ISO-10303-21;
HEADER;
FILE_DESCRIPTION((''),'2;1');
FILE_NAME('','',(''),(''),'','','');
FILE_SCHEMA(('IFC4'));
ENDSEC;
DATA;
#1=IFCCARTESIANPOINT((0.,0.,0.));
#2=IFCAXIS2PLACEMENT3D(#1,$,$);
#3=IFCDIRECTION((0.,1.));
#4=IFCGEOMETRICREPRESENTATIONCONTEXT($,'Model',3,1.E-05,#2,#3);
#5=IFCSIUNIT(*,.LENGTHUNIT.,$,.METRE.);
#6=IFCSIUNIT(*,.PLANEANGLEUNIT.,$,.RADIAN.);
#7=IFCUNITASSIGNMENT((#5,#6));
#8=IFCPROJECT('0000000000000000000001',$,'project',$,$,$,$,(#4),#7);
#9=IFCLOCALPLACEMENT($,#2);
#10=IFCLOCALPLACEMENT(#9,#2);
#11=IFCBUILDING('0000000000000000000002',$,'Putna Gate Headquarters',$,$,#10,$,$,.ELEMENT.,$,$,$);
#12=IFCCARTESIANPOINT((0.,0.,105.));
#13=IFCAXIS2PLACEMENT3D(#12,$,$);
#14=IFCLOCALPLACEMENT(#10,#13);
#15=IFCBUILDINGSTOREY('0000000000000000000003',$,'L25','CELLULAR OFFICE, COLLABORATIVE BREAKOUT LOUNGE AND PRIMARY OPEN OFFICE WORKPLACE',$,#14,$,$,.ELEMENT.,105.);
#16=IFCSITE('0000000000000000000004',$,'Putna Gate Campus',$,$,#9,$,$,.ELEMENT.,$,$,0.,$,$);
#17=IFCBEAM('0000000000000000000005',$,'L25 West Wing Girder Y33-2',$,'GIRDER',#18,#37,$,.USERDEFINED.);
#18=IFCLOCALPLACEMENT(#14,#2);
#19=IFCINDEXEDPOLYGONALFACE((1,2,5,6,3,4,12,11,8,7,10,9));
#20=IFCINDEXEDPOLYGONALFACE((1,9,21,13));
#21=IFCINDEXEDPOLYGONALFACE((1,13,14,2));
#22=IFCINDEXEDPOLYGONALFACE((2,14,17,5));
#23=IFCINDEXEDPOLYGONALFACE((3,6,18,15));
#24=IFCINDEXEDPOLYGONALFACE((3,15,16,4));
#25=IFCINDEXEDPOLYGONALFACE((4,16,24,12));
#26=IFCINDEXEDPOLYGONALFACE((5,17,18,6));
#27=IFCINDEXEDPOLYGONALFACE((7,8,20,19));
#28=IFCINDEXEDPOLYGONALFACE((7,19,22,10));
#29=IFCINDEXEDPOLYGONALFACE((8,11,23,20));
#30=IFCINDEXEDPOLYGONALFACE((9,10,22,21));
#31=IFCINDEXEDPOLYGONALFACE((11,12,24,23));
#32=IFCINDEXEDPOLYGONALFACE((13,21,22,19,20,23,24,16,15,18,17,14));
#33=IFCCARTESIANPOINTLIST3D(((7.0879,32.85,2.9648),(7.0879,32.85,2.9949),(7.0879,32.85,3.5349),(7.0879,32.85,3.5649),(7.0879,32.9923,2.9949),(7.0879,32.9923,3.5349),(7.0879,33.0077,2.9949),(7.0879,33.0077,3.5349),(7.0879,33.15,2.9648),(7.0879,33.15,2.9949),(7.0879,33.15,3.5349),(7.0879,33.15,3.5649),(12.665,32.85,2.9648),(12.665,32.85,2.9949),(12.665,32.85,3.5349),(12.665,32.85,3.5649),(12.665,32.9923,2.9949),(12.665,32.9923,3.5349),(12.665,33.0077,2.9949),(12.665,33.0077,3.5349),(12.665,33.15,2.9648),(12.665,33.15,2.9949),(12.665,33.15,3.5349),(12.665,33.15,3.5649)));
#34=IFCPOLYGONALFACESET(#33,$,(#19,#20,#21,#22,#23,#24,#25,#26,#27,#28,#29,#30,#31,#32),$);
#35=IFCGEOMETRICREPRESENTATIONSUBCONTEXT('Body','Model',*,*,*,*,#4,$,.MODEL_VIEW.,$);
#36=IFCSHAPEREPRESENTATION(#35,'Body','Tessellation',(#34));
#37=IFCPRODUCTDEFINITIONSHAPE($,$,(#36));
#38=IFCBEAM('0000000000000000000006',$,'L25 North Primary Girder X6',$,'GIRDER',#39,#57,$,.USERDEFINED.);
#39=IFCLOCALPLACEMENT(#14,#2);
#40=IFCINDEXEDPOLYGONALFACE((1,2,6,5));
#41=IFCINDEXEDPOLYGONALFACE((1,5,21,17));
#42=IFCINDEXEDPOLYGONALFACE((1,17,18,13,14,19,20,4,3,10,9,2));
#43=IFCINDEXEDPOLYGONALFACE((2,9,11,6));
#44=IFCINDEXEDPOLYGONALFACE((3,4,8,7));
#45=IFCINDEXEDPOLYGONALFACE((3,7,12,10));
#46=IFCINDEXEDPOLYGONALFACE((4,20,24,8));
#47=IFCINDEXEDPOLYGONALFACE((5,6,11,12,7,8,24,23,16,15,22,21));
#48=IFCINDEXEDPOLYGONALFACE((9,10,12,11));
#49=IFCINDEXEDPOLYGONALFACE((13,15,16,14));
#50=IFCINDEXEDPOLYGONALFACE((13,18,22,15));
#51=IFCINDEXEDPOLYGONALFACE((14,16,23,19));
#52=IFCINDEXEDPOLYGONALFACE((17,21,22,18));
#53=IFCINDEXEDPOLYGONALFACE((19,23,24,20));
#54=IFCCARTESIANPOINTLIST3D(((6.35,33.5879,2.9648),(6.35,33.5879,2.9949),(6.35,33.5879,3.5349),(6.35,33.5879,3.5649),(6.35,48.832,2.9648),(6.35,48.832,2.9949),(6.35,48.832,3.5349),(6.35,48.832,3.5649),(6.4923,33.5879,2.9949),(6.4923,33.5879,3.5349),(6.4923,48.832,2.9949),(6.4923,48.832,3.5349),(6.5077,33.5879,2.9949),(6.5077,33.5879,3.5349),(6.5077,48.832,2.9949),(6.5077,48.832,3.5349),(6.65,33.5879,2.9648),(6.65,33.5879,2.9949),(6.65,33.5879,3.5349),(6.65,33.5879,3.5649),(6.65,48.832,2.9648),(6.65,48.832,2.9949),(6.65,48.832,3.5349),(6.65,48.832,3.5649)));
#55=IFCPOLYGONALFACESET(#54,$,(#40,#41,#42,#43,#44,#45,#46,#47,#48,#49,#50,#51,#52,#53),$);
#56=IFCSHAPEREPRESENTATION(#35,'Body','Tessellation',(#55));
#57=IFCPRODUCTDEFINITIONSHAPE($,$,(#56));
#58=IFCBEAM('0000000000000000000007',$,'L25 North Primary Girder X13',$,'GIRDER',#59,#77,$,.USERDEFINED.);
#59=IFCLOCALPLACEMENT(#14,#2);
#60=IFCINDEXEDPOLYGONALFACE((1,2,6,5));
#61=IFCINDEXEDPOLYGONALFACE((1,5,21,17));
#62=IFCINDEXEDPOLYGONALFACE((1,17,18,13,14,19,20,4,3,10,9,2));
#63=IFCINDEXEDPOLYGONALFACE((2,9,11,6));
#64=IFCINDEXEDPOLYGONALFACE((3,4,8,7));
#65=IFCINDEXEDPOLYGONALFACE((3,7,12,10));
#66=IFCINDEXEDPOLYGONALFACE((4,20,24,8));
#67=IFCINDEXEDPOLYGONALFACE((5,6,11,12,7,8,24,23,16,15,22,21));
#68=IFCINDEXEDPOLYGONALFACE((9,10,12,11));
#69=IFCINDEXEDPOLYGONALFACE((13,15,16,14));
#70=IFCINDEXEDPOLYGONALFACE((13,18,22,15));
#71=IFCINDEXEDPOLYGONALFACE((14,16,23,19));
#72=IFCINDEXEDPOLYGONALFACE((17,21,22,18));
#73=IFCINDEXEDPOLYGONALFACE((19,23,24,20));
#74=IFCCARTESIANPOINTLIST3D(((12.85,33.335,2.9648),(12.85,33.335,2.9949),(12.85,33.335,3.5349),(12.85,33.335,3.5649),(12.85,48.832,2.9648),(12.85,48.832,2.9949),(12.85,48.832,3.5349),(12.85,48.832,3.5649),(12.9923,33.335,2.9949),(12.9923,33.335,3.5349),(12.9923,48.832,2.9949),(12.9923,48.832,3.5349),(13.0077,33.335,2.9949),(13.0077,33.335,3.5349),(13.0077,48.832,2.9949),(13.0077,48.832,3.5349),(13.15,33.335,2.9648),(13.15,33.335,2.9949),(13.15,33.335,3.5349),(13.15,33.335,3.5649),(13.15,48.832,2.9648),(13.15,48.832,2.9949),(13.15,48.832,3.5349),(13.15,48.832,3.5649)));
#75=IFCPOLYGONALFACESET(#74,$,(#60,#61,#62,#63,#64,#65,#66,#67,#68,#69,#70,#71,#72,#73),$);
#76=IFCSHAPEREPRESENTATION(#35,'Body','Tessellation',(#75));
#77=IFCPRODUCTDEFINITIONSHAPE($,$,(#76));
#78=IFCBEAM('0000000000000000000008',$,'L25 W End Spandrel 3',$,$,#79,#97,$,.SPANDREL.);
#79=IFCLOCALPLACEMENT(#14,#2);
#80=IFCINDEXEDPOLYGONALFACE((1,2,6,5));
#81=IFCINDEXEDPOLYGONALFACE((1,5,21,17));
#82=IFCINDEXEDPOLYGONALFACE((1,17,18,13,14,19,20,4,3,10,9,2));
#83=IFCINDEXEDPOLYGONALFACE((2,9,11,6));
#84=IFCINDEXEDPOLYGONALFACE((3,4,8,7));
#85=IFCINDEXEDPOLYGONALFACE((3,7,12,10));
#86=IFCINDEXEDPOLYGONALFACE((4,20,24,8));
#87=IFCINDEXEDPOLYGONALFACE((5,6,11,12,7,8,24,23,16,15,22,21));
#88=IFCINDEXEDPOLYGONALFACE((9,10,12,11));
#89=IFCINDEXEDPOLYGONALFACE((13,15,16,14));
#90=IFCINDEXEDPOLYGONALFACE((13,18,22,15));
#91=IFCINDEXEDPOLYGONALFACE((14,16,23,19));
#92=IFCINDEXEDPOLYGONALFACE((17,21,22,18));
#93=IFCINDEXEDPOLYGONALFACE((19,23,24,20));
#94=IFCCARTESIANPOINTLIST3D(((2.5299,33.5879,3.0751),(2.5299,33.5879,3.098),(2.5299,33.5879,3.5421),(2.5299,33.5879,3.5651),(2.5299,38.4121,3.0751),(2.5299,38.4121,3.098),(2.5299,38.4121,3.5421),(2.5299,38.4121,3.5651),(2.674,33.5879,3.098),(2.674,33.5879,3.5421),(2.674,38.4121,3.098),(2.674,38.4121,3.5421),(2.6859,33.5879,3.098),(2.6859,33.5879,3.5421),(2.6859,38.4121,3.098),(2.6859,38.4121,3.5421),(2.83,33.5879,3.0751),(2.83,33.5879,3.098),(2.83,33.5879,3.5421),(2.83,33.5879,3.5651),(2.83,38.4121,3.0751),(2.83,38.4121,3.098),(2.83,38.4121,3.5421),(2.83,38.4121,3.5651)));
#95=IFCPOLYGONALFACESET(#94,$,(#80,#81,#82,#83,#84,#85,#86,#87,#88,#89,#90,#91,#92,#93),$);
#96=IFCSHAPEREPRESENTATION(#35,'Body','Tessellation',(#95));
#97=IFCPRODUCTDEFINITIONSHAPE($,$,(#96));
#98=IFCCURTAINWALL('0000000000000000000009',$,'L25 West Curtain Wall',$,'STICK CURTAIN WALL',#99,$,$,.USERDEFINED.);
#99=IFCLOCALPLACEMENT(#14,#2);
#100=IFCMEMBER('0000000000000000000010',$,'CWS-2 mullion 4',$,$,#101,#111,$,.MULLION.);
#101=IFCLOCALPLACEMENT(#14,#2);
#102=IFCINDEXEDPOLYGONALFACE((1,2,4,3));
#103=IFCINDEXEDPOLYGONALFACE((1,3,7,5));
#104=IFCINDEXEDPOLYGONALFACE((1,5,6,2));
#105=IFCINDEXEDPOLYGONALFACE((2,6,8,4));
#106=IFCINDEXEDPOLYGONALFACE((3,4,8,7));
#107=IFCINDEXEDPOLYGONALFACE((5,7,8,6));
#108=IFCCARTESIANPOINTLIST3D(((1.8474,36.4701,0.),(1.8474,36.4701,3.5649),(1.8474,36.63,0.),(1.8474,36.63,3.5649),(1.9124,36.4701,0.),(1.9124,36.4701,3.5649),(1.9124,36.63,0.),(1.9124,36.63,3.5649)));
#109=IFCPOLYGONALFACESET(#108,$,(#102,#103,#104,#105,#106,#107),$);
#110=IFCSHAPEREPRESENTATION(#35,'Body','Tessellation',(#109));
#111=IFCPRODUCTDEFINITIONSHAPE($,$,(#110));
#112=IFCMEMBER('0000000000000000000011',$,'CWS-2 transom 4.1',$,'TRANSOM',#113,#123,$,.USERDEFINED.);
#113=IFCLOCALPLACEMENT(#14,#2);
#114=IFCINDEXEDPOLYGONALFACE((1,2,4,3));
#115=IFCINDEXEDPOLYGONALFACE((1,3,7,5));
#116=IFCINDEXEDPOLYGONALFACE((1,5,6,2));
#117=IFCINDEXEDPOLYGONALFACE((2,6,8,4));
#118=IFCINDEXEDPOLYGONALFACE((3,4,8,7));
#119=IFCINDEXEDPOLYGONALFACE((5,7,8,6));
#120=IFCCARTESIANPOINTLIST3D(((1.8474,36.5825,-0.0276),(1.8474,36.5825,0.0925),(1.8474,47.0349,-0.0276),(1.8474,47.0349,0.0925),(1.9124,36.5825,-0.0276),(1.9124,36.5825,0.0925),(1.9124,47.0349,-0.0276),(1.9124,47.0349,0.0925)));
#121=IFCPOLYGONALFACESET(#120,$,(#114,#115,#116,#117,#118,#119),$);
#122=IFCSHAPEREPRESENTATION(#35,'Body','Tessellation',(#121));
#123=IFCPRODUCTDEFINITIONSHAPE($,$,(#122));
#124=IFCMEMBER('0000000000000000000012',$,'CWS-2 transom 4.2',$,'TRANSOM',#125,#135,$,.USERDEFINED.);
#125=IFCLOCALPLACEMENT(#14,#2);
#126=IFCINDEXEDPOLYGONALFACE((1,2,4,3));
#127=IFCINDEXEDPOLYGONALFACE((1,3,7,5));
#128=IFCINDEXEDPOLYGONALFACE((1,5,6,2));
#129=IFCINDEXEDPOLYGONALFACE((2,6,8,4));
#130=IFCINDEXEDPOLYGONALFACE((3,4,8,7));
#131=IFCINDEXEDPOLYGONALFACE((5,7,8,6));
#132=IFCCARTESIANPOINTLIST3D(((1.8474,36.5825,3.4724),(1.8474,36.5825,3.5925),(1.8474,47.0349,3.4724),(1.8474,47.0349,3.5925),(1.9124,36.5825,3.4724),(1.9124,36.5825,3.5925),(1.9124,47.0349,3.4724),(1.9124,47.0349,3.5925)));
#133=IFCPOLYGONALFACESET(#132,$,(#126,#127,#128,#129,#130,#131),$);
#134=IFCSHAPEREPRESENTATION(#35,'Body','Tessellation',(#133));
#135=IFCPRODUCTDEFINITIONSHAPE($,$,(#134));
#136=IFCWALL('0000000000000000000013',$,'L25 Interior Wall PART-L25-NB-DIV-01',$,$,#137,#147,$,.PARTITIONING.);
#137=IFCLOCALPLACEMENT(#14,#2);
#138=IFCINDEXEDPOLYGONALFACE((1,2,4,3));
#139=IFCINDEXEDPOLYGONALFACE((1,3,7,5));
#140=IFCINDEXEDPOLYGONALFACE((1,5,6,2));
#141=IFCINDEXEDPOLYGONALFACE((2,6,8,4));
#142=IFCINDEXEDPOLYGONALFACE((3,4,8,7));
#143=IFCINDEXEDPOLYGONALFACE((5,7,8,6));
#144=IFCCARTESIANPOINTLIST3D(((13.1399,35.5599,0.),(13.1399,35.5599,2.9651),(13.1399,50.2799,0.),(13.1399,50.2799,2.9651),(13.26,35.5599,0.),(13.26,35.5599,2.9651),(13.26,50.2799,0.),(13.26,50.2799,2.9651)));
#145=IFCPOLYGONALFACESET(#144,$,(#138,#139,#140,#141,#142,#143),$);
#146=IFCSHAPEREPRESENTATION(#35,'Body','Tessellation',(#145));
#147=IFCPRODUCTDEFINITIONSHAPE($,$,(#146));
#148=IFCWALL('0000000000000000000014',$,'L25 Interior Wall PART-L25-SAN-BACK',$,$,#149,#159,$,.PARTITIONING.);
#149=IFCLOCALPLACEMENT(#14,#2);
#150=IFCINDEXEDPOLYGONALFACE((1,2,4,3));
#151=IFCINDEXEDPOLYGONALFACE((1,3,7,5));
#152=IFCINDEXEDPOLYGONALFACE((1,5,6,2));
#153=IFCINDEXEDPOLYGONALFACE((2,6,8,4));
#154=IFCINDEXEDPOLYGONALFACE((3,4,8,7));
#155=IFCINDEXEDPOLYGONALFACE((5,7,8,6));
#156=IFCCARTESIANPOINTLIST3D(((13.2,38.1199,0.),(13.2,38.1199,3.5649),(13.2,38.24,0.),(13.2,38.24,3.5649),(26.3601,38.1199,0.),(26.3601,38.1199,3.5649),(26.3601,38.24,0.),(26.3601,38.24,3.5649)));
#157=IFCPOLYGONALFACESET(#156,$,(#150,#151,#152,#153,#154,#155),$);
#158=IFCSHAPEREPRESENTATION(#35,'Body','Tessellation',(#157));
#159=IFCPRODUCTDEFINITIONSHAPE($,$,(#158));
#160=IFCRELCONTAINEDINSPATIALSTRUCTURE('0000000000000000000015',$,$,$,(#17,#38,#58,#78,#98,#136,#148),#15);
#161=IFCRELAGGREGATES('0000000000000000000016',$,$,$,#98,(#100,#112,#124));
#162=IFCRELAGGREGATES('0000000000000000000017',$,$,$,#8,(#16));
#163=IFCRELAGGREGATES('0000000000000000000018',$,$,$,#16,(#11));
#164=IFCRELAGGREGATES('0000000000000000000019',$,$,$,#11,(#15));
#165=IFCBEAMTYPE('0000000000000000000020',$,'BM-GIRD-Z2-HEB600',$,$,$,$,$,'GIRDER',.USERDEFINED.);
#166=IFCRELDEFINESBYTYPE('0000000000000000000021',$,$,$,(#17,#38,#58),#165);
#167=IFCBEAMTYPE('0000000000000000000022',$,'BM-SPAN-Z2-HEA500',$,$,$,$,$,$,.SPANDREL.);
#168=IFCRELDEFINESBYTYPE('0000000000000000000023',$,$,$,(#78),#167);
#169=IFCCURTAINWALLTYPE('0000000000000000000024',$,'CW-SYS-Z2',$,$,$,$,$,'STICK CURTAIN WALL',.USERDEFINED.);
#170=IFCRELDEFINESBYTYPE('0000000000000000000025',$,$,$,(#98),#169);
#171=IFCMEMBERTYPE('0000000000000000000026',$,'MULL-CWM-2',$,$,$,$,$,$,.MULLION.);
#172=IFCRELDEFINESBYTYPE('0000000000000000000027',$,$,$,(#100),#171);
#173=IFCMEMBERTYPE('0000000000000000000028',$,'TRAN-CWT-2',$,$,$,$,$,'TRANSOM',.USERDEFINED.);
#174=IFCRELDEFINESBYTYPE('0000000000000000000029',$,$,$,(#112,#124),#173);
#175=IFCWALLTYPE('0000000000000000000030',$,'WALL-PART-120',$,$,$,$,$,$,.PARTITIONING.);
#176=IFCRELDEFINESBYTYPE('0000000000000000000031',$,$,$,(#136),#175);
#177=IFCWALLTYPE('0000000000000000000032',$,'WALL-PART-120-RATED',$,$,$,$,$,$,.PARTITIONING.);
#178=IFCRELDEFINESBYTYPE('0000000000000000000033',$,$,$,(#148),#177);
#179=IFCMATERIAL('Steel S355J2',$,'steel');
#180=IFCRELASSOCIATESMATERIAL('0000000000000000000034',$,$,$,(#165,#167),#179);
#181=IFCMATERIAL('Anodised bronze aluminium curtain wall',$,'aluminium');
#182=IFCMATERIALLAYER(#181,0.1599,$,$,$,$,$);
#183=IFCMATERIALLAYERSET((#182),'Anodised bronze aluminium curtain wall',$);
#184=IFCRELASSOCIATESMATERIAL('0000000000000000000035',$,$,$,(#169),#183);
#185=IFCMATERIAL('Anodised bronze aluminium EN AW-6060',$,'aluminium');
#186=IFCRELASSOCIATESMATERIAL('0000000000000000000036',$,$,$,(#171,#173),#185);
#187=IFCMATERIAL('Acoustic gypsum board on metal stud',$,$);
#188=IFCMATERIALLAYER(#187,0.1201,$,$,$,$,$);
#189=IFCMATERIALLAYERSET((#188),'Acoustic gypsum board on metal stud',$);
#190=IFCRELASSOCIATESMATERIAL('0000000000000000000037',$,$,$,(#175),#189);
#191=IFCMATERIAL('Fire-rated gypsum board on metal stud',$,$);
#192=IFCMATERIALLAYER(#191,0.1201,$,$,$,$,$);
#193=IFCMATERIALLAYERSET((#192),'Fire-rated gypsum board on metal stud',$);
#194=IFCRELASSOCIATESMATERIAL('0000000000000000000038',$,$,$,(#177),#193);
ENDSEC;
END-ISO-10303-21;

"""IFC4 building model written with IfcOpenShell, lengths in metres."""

from ifc_helpers import new_model, si_unit, direction, frame, frame_2d, origin, origin_2d, place, context, subcontext, project, spatial, rectangle, i_section, extrude, material, layer, layer_set, material_profile, profile_set, type_object, element, aggregate, save


model = new_model("IFC4")

# Units and contexts
model_context = context("Model", 3, precision=1e-05, world=origin(), true_north=direction((0.0, 1.0)))
body_context = subcontext(model_context, "Body", "Model", "MODEL_VIEW")
ifc_project = project(units=[si_unit("LENGTHUNIT", "METRE"), si_unit("PLANEANGLEUNIT", "RADIAN")], contexts=[model_context])

# Site, building, storey
site_placement = place(None, origin())
site = spatial("IfcSite", under=ifc_project, at=site_placement, Name="Putna Gate Campus", CompositionType="ELEMENT", RefElevation=0.0)
building_placement = place(site_placement, origin())
building = spatial("IfcBuilding", under=site, at=building_placement, Name="Putna Gate Headquarters", CompositionType="ELEMENT")
storey_placement = place(building_placement, frame((0.0, 0.0, 105.0)))
storey = spatial("IfcBuildingStorey", under=building, at=storey_placement, Name="L25", Description="CELLULAR OFFICE, COLLABORATIVE BREAKOUT LOUNGE AND PRIMARY OPEN OFFICE WORKPLACE", CompositionType="ELEMENT", Elevation=105.0)

# Beams
ifc_material_1 = material(Name="Steel S355J2", Category="steel")
ifc_material_profile_1 = material_profile(ifc_material_1, i_section(OverallWidth=0.3, OverallDepth=0.6001, WebThickness=0.0154, FlangeThickness=0.03, at=origin_2d()), Name="Steel S355J2")
ifc_profile_set_1 = profile_set([ifc_material_profile_1], Name="Steel S355J2")
beam_type_1 = type_object("IfcBeamType", Name="BM-GIRD-Z2-HEB600", ElementType="GIRDER", PredefinedType="USERDEFINED", material=ifc_profile_set_1)
beam_1_placement = place(storey_placement, frame((7.0879, 33.0, 3.2649), z_axis=(1.0, 0.0, 0.0), x_axis=(0.0, 1.0, 0.0)))
element("IfcBeam", 1, at=beam_1_placement, inside=storey, type_object=beam_type_1, Name="L25 West Wing Girder Y33-2", ObjectType="GIRDER", PredefinedType="USERDEFINED", context=body_context, shape_type="SweptSolid", body=[
    extrude(i_section(OverallWidth=0.3, OverallDepth=0.6001, WebThickness=0.0154, FlangeThickness=0.03, at=origin_2d()), origin(), (0.0, 0.0, 1.0), 5.5771),
])
beam_2_placement = place(storey_placement, frame((6.5, 33.5879, 3.2649), z_axis=(0.0, 1.0, 0.0), x_axis=(-1.0, 0.0, 0.0)))
element("IfcBeam", 2, at=beam_2_placement, inside=storey, type_object=beam_type_1, Name="L25 North Primary Girder X6", ObjectType="GIRDER", PredefinedType="USERDEFINED", context=body_context, shape_type="SweptSolid", body=[
    extrude(i_section(OverallWidth=0.3, OverallDepth=0.6001, WebThickness=0.0154, FlangeThickness=0.03, at=origin_2d()), origin(), (0.0, 0.0, 1.0), 15.2441),
])
beam_3_placement = place(storey_placement, frame((13.0, 33.335, 3.2649), z_axis=(0.0, 1.0, 0.0), x_axis=(-1.0, 0.0, 0.0)))
element("IfcBeam", 3, at=beam_3_placement, inside=storey, type_object=beam_type_1, Name="L25 North Primary Girder X13", ObjectType="GIRDER", PredefinedType="USERDEFINED", context=body_context, shape_type="SweptSolid", body=[
    extrude(i_section(OverallWidth=0.3, OverallDepth=0.6001, WebThickness=0.0154, FlangeThickness=0.03, at=origin_2d()), origin(), (0.0, 0.0, 1.0), 15.4971),
])
ifc_material_profile_2 = material_profile(ifc_material_1, i_section(OverallWidth=0.3, OverallDepth=0.49, WebThickness=0.012, FlangeThickness=0.0229, at=origin_2d()), Name="Steel S355J2")
ifc_profile_set_2 = profile_set([ifc_material_profile_2], Name="Steel S355J2")
beam_type_2 = type_object("IfcBeamType", Name="BM-SPAN-Z2-HEA500", PredefinedType="SPANDREL", material=ifc_profile_set_2)
beam_4_placement = place(storey_placement, frame((2.6799, 33.5879, 3.3201), z_axis=(0.0, 1.0, 0.0), x_axis=(-1.0, 0.0, 0.0)))
element("IfcBeam", 4, at=beam_4_placement, inside=storey, type_object=beam_type_2, Name="L25 W End Spandrel 3", PredefinedType="SPANDREL", context=body_context, shape_type="SweptSolid", body=[
    extrude(i_section(OverallWidth=0.3, OverallDepth=0.49, WebThickness=0.012, FlangeThickness=0.0229, at=origin_2d()), origin(), (0.0, 0.0, 1.0), 4.8242),
])

# Curtain wall, members
ifc_material_2 = material(Name="Anodised bronze aluminium curtain wall", Category="aluminium")
ifc_layer_1 = layer(ifc_material_2, 0.1599)
ifc_layer_set_1 = layer_set([ifc_layer_1], Name="Anodised bronze aluminium curtain wall")
curtain_wall_type = type_object("IfcCurtainWallType", Name="CW-SYS-Z2", ElementType="STICK CURTAIN WALL", PredefinedType="USERDEFINED", material=ifc_layer_set_1)
curtain_wall_placement = place(storey_placement, origin())
curtain_wall = element("IfcCurtainWall", 5, at=curtain_wall_placement, inside=storey, type_object=curtain_wall_type, Name="L25 West Curtain Wall", ObjectType="STICK CURTAIN WALL", PredefinedType="USERDEFINED")
ifc_material_3 = material(Name="Anodised bronze aluminium EN AW-6060", Category="aluminium")
ifc_material_profile_3 = material_profile(ifc_material_3, rectangle(XDim=0.0649, YDim=0.1599, at=origin_2d()), Name="Anodised bronze aluminium EN AW-6060")
ifc_profile_set_3 = profile_set([ifc_material_profile_3], Name="Anodised bronze aluminium EN AW-6060")
member_type_1 = type_object("IfcMemberType", Name="MULL-CWM-2", PredefinedType="MULLION", material=ifc_profile_set_3)
member_1_placement = place(storey_placement, frame((1.8799, 36.55, 0.0), z_axis=(0.0, 0.0, 1.0), x_axis=(-1.0, 0.0, 0.0)))
member_1 = element("IfcMember", 6, at=member_1_placement, type_object=member_type_1, Name="CWS-2 mullion 4", PredefinedType="MULLION", context=body_context, shape_type="SweptSolid", body=[
    extrude(rectangle(XDim=0.0649, YDim=0.1599, at=origin_2d()), origin(), (0.0, 0.0, 1.0), 3.5649),
])
ifc_material_profile_4 = material_profile(ifc_material_3, rectangle(XDim=0.0649, YDim=0.1201, at=origin_2d()), Name="Anodised bronze aluminium EN AW-6060")
ifc_profile_set_4 = profile_set([ifc_material_profile_4], Name="Anodised bronze aluminium EN AW-6060")
member_type_2 = type_object("IfcMemberType", Name="TRAN-CWT-2", ElementType="TRANSOM", PredefinedType="USERDEFINED", material=ifc_profile_set_4)
member_2_placement = place(storey_placement, frame((1.8799, 36.5825, 0.0325), z_axis=(0.0, 1.0, 0.0), x_axis=(-1.0, 0.0, 0.0)))
member_2 = element("IfcMember", 7, at=member_2_placement, type_object=member_type_2, Name="CWS-2 transom 4.1", ObjectType="TRANSOM", PredefinedType="USERDEFINED", context=body_context, shape_type="SweptSolid", body=[
    extrude(rectangle(XDim=0.0649, YDim=0.1201, at=origin_2d()), origin(), (0.0, 0.0, 1.0), 10.4524),
])
member_3_placement = place(storey_placement, frame((1.8799, 36.5825, 3.5325), z_axis=(0.0, 1.0, 0.0), x_axis=(-1.0, 0.0, 0.0)))
member_3 = element("IfcMember", 8, at=member_3_placement, type_object=member_type_2, Name="CWS-2 transom 4.2", ObjectType="TRANSOM", PredefinedType="USERDEFINED", context=body_context, shape_type="SweptSolid", body=[
    extrude(rectangle(XDim=0.0649, YDim=0.1201, at=origin_2d()), origin(), (0.0, 0.0, 1.0), 10.4524),
])
aggregate(curtain_wall, [member_1, member_2, member_3])

# Wall
ifc_material_4 = material(Name="Acoustic gypsum board on metal stud")
ifc_layer_2 = layer(ifc_material_4, 0.1201)
ifc_layer_set_2 = layer_set([ifc_layer_2], Name="Acoustic gypsum board on metal stud")
wall_type_1 = type_object("IfcWallType", Name="WALL-PART-120", PredefinedType="PARTITIONING", material=ifc_layer_set_2)
wall_1_placement = place(storey_placement, frame((13.2, 35.5601, 0.0), z_axis=(0.0, 0.0, 1.0), x_axis=(0.0, 1.0, 0.0)))
element("IfcWall", 9, at=wall_1_placement, inside=storey, type_object=wall_type_1, Name="L25 Interior Wall PART-L25-NB-DIV-01", PredefinedType="PARTITIONING", context=body_context, shape_type="SweptSolid", body=[
    extrude(rectangle(XDim=14.72, YDim=0.1201, at=frame_2d((7.3599, 0.0))), origin(), (0.0, 0.0, 1.0), 2.9651),
])

# Shared definitions
ifc_material_5 = material(Name="Fire-rated gypsum board on metal stud")
ifc_layer_3 = layer(ifc_material_5, 0.1201)
ifc_layer_set_3 = layer_set([ifc_layer_3], Name="Fire-rated gypsum board on metal stud")
wall_type_2 = type_object("IfcWallType", Name="WALL-PART-120-RATED", PredefinedType="PARTITIONING", material=ifc_layer_set_3)

# Wall
wall_2_placement = place(storey_placement, frame((13.2, 38.1799, 0.0), z_axis=(0.0, 0.0, 1.0), x_axis=(1.0, 0.0, 0.0)))
element("IfcWall", 10, at=wall_2_placement, inside=storey, type_object=wall_type_2, Name="L25 Interior Wall PART-L25-SAN-BACK", PredefinedType="PARTITIONING", context=body_context, shape_type="SweptSolid", body=[
    extrude(rectangle(XDim=13.1602, YDim=0.1201, at=frame_2d((6.5801, 0.0))), origin(), (0.0, 0.0, 1.0), 3.5649),
])

save(model, "model.ifc")
